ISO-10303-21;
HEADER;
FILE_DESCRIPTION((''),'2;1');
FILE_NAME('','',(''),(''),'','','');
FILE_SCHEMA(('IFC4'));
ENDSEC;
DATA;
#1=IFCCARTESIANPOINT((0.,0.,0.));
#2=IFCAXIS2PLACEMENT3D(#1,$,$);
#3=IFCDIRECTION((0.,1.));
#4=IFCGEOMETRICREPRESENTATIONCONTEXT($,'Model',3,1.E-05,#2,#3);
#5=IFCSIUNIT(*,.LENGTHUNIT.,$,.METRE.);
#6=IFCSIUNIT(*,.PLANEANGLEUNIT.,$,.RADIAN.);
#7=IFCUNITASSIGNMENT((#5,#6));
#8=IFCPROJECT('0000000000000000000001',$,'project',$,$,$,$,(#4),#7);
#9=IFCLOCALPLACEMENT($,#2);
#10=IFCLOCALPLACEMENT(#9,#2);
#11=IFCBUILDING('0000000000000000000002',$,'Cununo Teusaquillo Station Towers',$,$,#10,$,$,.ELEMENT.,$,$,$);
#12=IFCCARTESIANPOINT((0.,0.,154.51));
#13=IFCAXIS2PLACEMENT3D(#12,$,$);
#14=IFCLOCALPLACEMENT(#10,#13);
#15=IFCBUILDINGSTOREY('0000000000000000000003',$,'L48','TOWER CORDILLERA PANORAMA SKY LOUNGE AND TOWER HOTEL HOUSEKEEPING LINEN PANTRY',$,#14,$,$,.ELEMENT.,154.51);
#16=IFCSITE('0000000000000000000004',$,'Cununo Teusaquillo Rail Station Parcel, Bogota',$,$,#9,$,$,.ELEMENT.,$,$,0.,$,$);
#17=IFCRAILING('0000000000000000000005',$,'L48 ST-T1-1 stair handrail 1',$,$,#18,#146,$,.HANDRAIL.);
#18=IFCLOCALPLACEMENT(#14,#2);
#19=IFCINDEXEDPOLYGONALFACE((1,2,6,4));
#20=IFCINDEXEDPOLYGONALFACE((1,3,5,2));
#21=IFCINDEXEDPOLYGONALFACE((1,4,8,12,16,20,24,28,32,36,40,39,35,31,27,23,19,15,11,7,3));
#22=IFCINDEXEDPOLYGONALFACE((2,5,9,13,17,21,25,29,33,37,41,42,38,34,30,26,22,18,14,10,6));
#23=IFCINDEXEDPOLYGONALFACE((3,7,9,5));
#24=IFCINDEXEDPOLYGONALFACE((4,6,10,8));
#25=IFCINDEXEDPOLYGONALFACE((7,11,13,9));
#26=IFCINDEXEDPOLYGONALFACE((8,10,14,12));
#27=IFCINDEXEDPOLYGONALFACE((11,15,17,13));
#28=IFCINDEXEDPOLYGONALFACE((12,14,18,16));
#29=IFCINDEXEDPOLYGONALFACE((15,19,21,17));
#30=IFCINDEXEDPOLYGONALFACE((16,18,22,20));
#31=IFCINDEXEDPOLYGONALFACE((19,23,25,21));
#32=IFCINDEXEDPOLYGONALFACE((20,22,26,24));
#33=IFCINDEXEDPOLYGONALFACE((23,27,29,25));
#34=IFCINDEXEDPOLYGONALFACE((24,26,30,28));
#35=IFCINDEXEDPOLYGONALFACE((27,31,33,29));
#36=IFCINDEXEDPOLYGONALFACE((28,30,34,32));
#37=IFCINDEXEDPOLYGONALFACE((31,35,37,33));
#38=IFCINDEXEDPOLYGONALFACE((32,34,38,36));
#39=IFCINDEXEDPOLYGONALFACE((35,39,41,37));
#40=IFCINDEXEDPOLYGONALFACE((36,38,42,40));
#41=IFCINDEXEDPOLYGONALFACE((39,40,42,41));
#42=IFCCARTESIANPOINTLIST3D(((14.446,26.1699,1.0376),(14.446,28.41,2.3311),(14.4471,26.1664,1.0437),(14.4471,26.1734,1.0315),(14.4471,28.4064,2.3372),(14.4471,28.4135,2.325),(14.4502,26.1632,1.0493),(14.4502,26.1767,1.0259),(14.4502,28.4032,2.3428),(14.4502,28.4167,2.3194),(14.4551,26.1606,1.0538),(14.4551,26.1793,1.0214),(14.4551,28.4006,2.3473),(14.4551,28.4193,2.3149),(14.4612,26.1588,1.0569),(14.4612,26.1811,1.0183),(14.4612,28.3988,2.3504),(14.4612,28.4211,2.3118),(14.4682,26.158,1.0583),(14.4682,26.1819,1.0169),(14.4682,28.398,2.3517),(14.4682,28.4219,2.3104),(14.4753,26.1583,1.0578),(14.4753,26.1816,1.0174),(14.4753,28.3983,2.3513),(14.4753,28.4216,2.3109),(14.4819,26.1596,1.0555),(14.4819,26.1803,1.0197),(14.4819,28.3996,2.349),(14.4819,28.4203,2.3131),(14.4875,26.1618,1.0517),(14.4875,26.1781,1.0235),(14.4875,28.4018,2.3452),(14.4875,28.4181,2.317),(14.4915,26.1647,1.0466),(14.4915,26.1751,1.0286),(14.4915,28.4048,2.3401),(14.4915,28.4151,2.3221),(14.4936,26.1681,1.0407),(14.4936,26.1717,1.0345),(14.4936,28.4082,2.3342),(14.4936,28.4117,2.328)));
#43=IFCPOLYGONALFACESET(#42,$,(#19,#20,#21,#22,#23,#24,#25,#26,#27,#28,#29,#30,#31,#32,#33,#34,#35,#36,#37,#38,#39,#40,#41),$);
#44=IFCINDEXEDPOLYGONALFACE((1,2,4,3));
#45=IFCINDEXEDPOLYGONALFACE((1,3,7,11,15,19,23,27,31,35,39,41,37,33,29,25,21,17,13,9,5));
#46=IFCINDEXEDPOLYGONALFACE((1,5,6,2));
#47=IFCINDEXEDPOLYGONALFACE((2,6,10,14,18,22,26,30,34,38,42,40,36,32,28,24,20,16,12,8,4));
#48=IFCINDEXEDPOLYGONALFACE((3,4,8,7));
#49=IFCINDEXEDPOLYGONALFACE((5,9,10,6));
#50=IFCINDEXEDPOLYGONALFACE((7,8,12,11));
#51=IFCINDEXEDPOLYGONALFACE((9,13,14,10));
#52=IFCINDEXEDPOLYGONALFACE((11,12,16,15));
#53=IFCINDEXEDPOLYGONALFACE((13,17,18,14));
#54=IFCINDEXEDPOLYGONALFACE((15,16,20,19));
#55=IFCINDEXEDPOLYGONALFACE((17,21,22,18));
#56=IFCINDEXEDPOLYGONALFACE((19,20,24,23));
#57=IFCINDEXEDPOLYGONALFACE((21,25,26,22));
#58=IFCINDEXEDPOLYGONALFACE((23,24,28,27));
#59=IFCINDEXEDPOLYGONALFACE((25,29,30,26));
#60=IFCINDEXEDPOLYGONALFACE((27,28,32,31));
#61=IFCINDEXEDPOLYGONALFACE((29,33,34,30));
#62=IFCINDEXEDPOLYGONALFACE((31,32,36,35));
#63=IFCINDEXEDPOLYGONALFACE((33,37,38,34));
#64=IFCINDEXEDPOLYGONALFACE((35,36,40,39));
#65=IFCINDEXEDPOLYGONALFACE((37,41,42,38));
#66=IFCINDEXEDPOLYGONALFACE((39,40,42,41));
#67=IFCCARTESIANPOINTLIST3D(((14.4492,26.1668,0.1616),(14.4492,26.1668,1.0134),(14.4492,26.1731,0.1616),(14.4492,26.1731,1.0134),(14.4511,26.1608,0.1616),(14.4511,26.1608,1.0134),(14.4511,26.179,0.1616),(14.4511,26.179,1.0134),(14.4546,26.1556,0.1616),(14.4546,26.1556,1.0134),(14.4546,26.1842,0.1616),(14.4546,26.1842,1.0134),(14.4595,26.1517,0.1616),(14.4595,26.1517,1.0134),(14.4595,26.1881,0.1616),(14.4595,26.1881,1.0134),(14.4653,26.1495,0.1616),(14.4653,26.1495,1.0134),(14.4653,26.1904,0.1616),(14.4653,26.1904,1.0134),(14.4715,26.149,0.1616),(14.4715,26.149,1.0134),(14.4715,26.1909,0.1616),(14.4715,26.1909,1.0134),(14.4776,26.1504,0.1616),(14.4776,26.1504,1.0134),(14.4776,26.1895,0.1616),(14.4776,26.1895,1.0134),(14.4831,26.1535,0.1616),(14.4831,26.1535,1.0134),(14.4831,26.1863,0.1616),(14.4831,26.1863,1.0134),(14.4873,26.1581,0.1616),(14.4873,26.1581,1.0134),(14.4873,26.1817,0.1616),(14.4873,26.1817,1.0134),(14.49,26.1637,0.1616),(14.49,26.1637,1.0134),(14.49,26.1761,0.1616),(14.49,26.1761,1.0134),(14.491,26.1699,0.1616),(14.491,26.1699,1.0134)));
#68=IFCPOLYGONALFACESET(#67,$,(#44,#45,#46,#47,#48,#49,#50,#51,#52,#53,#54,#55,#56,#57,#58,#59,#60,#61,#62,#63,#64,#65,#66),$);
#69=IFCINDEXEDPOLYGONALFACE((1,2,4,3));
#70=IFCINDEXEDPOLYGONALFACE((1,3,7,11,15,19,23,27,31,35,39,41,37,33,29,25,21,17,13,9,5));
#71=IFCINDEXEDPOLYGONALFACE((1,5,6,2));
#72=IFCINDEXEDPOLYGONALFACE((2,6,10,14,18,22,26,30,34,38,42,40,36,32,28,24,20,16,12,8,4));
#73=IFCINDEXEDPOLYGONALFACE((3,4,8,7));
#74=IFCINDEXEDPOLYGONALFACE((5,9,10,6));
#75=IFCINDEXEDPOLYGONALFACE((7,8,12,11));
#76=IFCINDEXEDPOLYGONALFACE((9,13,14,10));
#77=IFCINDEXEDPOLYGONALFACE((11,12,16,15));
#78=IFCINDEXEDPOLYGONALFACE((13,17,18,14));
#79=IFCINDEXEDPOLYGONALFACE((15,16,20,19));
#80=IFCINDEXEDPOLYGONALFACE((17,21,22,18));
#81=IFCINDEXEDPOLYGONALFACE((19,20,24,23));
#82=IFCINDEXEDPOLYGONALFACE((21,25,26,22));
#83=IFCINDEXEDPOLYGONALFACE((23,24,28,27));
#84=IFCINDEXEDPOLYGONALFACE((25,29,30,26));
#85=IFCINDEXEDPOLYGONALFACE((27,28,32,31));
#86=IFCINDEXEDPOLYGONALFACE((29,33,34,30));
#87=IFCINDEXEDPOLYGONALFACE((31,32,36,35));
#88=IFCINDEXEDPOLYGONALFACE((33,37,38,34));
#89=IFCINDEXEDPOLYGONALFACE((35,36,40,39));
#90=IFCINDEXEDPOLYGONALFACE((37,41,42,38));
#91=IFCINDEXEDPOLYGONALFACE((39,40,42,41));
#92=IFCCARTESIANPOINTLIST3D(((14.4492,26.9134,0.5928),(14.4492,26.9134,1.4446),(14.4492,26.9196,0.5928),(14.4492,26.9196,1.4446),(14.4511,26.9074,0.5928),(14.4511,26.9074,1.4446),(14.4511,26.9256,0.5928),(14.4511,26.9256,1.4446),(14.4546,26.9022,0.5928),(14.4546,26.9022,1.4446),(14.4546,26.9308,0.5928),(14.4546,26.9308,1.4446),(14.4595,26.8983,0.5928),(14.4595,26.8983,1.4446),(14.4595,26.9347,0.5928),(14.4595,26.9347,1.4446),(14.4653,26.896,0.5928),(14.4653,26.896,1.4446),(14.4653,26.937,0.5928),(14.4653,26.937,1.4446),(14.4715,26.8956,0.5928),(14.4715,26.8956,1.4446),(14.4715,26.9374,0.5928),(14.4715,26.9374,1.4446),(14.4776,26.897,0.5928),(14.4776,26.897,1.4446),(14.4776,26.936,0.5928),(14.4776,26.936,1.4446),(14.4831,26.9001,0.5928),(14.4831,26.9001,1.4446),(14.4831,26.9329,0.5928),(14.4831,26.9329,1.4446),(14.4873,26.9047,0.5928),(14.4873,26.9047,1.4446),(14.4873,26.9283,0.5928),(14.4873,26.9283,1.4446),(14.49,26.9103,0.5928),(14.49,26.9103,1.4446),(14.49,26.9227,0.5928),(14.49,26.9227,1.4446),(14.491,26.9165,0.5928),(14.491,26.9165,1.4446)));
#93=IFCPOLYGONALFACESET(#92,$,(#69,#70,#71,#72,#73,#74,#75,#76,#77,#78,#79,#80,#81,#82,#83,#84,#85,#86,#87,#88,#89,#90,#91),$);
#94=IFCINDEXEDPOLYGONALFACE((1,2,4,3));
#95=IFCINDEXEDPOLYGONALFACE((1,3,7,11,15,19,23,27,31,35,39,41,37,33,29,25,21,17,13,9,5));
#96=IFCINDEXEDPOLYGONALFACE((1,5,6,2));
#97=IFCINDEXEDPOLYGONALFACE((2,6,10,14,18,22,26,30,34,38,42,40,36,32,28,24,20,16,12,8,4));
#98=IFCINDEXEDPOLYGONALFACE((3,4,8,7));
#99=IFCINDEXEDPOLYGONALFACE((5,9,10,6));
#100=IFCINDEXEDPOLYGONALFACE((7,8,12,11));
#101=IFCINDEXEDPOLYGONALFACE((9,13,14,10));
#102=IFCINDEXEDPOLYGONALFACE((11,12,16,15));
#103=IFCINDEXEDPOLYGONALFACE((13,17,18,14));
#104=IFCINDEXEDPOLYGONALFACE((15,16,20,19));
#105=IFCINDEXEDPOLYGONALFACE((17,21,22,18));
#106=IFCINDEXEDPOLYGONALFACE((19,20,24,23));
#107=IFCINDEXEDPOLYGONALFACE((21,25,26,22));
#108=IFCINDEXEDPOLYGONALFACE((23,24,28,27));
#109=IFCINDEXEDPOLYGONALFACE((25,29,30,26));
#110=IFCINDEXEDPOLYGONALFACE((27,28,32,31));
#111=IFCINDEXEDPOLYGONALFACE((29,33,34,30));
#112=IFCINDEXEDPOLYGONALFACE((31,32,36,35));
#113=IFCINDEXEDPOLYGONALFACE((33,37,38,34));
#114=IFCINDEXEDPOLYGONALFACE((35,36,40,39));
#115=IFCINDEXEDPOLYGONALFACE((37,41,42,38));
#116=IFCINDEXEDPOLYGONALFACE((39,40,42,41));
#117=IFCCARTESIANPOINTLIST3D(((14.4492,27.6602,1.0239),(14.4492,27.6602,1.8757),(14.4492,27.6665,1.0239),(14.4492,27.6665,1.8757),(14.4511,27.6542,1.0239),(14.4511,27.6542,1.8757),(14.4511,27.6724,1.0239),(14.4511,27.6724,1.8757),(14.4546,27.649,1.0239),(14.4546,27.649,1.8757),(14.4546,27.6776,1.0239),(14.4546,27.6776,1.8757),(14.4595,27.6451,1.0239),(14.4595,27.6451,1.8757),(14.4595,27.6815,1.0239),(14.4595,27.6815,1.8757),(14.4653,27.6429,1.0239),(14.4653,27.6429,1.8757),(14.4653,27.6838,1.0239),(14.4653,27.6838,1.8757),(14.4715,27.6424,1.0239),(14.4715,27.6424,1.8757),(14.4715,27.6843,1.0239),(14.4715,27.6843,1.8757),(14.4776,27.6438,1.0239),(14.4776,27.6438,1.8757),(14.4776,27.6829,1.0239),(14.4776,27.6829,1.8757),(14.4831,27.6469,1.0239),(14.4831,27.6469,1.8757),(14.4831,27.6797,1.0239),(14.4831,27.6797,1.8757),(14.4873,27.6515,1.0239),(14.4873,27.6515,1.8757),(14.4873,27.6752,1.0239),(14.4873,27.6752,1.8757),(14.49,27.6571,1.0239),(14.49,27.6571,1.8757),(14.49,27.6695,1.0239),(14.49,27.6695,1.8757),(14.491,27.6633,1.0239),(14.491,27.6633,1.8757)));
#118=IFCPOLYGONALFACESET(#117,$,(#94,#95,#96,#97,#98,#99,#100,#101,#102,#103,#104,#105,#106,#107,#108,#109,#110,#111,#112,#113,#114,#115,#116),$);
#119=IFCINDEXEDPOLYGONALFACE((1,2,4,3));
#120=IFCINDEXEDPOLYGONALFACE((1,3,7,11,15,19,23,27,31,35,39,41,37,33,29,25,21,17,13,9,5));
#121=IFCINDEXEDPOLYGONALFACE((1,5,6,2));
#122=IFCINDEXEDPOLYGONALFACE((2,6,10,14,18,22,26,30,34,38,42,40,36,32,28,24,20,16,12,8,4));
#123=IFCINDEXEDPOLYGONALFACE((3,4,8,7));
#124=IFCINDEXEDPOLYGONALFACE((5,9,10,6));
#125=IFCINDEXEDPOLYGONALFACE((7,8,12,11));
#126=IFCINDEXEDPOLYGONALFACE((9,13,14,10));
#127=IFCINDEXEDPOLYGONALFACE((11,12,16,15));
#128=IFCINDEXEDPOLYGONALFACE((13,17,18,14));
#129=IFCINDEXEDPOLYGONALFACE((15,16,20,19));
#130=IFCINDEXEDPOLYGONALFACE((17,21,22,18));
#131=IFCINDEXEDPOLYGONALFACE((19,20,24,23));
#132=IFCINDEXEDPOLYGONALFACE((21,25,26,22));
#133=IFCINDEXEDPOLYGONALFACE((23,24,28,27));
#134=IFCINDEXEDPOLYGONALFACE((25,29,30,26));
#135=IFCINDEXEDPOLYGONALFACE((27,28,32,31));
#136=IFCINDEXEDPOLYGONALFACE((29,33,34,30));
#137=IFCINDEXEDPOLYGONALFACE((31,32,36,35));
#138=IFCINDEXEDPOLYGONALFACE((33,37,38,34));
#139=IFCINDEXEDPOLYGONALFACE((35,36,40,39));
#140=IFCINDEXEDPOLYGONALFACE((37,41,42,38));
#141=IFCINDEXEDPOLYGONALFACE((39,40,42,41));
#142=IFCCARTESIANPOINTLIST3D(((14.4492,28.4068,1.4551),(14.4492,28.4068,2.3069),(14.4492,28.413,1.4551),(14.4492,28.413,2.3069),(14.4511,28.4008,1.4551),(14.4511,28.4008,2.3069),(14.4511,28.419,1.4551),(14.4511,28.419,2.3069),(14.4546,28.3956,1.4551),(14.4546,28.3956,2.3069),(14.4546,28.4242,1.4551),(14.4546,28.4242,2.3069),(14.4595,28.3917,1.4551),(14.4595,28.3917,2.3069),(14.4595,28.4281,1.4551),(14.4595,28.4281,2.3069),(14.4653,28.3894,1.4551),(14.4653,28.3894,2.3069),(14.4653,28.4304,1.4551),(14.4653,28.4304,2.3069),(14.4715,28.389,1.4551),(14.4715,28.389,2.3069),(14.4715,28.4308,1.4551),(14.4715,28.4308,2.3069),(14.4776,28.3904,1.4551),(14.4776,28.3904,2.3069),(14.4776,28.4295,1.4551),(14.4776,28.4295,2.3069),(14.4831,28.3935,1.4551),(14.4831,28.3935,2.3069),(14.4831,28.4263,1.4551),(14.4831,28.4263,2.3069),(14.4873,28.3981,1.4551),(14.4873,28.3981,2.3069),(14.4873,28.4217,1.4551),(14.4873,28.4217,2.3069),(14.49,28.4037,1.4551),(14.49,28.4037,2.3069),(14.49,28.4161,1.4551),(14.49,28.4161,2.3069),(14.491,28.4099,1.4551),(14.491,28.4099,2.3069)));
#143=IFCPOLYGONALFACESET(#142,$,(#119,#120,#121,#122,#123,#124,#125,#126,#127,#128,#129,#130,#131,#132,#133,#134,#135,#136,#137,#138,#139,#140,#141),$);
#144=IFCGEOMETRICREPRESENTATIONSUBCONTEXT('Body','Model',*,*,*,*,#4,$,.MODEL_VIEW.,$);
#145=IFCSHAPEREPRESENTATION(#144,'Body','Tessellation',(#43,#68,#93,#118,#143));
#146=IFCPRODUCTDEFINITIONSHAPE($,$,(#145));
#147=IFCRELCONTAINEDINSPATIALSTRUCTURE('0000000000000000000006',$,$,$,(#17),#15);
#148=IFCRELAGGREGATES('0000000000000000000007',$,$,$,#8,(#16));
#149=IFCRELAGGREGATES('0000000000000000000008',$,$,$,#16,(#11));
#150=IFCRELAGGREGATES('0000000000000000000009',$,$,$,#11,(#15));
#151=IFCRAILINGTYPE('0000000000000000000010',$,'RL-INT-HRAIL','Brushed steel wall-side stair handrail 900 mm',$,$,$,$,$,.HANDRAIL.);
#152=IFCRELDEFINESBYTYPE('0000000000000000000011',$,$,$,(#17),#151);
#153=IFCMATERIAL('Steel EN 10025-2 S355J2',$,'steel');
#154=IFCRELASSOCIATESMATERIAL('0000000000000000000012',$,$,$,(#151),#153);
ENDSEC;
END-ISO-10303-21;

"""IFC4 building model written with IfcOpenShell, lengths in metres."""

from ifc_helpers import new_model, si_unit, direction, frame, origin, origin_2d, place, context, subcontext, project, spatial, circle, extrude, material, type_object, element, save


model = new_model("IFC4")

# Units and contexts
model_context = context("Model", 3, precision=1e-05, world=origin(), true_north=direction((0.0, 1.0)))
body_context = subcontext(model_context, "Body", "Model", "MODEL_VIEW")
ifc_project = project(units=[si_unit("LENGTHUNIT", "METRE"), si_unit("PLANEANGLEUNIT", "RADIAN")], contexts=[model_context])

# Site, building, storey
site_placement = place(None, origin())
site = spatial("IfcSite", under=ifc_project, at=site_placement, Name="Cununo Teusaquillo Rail Station Parcel, Bogota", CompositionType="ELEMENT", RefElevation=0.0)
building_placement = place(site_placement, origin())
building = spatial("IfcBuilding", under=site, at=building_placement, Name="Cununo Teusaquillo Station Towers", CompositionType="ELEMENT")
storey_placement = place(building_placement, frame((0.0, 0.0, 154.51)))
storey = spatial("IfcBuildingStorey", under=building, at=storey_placement, Name="L48", Description="TOWER CORDILLERA PANORAMA SKY LOUNGE AND TOWER HOTEL HOUSEKEEPING LINEN PANTRY", CompositionType="ELEMENT", Elevation=154.51)

# Railing
ifc_material_1 = material(Name="Steel EN 10025-2 S355J2", Category="steel")
railing_type_1 = type_object("IfcRailingType", Name="RL-INT-HRAIL", Description="Brushed steel wall-side stair handrail 900 mm", PredefinedType="HANDRAIL", material=ifc_material_1)
railing_1_placement = place(storey_placement, frame((14.47, 26.1699, 0.1616)))
element("IfcRailing", 1, at=railing_1_placement, inside=storey, type_object=railing_type_1, Name="L48 ST-T1-1 stair handrail 1", PredefinedType="HANDRAIL", context=body_context, shape_type="SweptSolid", body=[
    extrude(circle(Radius=0.0239, at=origin_2d()), frame((0.0, 0.0, 0.876), z_axis=(0.0, 0.865992, 0.500057), x_axis=(-1.0, 0.0, 0.0)), (0.0, 0.0, 1.0), 2.5867),
    extrude(circle(Radius=0.021, at=origin_2d()), origin(), (0.0, 0.0, 1.0), 0.8518),
    extrude(circle(Radius=0.021, at=origin_2d()), frame((0.0, 0.7466, 0.4312)), (0.0, 0.0, 1.0), 0.8518),
    extrude(circle(Radius=0.021, at=origin_2d()), frame((0.0, 1.4934, 0.8623)), (0.0, 0.0, 1.0), 0.8518),
    extrude(circle(Radius=0.021, at=origin_2d()), frame((0.0, 2.24, 1.2935)), (0.0, 0.0, 1.0), 0.8518),
])

save(model, "model.ifc")
